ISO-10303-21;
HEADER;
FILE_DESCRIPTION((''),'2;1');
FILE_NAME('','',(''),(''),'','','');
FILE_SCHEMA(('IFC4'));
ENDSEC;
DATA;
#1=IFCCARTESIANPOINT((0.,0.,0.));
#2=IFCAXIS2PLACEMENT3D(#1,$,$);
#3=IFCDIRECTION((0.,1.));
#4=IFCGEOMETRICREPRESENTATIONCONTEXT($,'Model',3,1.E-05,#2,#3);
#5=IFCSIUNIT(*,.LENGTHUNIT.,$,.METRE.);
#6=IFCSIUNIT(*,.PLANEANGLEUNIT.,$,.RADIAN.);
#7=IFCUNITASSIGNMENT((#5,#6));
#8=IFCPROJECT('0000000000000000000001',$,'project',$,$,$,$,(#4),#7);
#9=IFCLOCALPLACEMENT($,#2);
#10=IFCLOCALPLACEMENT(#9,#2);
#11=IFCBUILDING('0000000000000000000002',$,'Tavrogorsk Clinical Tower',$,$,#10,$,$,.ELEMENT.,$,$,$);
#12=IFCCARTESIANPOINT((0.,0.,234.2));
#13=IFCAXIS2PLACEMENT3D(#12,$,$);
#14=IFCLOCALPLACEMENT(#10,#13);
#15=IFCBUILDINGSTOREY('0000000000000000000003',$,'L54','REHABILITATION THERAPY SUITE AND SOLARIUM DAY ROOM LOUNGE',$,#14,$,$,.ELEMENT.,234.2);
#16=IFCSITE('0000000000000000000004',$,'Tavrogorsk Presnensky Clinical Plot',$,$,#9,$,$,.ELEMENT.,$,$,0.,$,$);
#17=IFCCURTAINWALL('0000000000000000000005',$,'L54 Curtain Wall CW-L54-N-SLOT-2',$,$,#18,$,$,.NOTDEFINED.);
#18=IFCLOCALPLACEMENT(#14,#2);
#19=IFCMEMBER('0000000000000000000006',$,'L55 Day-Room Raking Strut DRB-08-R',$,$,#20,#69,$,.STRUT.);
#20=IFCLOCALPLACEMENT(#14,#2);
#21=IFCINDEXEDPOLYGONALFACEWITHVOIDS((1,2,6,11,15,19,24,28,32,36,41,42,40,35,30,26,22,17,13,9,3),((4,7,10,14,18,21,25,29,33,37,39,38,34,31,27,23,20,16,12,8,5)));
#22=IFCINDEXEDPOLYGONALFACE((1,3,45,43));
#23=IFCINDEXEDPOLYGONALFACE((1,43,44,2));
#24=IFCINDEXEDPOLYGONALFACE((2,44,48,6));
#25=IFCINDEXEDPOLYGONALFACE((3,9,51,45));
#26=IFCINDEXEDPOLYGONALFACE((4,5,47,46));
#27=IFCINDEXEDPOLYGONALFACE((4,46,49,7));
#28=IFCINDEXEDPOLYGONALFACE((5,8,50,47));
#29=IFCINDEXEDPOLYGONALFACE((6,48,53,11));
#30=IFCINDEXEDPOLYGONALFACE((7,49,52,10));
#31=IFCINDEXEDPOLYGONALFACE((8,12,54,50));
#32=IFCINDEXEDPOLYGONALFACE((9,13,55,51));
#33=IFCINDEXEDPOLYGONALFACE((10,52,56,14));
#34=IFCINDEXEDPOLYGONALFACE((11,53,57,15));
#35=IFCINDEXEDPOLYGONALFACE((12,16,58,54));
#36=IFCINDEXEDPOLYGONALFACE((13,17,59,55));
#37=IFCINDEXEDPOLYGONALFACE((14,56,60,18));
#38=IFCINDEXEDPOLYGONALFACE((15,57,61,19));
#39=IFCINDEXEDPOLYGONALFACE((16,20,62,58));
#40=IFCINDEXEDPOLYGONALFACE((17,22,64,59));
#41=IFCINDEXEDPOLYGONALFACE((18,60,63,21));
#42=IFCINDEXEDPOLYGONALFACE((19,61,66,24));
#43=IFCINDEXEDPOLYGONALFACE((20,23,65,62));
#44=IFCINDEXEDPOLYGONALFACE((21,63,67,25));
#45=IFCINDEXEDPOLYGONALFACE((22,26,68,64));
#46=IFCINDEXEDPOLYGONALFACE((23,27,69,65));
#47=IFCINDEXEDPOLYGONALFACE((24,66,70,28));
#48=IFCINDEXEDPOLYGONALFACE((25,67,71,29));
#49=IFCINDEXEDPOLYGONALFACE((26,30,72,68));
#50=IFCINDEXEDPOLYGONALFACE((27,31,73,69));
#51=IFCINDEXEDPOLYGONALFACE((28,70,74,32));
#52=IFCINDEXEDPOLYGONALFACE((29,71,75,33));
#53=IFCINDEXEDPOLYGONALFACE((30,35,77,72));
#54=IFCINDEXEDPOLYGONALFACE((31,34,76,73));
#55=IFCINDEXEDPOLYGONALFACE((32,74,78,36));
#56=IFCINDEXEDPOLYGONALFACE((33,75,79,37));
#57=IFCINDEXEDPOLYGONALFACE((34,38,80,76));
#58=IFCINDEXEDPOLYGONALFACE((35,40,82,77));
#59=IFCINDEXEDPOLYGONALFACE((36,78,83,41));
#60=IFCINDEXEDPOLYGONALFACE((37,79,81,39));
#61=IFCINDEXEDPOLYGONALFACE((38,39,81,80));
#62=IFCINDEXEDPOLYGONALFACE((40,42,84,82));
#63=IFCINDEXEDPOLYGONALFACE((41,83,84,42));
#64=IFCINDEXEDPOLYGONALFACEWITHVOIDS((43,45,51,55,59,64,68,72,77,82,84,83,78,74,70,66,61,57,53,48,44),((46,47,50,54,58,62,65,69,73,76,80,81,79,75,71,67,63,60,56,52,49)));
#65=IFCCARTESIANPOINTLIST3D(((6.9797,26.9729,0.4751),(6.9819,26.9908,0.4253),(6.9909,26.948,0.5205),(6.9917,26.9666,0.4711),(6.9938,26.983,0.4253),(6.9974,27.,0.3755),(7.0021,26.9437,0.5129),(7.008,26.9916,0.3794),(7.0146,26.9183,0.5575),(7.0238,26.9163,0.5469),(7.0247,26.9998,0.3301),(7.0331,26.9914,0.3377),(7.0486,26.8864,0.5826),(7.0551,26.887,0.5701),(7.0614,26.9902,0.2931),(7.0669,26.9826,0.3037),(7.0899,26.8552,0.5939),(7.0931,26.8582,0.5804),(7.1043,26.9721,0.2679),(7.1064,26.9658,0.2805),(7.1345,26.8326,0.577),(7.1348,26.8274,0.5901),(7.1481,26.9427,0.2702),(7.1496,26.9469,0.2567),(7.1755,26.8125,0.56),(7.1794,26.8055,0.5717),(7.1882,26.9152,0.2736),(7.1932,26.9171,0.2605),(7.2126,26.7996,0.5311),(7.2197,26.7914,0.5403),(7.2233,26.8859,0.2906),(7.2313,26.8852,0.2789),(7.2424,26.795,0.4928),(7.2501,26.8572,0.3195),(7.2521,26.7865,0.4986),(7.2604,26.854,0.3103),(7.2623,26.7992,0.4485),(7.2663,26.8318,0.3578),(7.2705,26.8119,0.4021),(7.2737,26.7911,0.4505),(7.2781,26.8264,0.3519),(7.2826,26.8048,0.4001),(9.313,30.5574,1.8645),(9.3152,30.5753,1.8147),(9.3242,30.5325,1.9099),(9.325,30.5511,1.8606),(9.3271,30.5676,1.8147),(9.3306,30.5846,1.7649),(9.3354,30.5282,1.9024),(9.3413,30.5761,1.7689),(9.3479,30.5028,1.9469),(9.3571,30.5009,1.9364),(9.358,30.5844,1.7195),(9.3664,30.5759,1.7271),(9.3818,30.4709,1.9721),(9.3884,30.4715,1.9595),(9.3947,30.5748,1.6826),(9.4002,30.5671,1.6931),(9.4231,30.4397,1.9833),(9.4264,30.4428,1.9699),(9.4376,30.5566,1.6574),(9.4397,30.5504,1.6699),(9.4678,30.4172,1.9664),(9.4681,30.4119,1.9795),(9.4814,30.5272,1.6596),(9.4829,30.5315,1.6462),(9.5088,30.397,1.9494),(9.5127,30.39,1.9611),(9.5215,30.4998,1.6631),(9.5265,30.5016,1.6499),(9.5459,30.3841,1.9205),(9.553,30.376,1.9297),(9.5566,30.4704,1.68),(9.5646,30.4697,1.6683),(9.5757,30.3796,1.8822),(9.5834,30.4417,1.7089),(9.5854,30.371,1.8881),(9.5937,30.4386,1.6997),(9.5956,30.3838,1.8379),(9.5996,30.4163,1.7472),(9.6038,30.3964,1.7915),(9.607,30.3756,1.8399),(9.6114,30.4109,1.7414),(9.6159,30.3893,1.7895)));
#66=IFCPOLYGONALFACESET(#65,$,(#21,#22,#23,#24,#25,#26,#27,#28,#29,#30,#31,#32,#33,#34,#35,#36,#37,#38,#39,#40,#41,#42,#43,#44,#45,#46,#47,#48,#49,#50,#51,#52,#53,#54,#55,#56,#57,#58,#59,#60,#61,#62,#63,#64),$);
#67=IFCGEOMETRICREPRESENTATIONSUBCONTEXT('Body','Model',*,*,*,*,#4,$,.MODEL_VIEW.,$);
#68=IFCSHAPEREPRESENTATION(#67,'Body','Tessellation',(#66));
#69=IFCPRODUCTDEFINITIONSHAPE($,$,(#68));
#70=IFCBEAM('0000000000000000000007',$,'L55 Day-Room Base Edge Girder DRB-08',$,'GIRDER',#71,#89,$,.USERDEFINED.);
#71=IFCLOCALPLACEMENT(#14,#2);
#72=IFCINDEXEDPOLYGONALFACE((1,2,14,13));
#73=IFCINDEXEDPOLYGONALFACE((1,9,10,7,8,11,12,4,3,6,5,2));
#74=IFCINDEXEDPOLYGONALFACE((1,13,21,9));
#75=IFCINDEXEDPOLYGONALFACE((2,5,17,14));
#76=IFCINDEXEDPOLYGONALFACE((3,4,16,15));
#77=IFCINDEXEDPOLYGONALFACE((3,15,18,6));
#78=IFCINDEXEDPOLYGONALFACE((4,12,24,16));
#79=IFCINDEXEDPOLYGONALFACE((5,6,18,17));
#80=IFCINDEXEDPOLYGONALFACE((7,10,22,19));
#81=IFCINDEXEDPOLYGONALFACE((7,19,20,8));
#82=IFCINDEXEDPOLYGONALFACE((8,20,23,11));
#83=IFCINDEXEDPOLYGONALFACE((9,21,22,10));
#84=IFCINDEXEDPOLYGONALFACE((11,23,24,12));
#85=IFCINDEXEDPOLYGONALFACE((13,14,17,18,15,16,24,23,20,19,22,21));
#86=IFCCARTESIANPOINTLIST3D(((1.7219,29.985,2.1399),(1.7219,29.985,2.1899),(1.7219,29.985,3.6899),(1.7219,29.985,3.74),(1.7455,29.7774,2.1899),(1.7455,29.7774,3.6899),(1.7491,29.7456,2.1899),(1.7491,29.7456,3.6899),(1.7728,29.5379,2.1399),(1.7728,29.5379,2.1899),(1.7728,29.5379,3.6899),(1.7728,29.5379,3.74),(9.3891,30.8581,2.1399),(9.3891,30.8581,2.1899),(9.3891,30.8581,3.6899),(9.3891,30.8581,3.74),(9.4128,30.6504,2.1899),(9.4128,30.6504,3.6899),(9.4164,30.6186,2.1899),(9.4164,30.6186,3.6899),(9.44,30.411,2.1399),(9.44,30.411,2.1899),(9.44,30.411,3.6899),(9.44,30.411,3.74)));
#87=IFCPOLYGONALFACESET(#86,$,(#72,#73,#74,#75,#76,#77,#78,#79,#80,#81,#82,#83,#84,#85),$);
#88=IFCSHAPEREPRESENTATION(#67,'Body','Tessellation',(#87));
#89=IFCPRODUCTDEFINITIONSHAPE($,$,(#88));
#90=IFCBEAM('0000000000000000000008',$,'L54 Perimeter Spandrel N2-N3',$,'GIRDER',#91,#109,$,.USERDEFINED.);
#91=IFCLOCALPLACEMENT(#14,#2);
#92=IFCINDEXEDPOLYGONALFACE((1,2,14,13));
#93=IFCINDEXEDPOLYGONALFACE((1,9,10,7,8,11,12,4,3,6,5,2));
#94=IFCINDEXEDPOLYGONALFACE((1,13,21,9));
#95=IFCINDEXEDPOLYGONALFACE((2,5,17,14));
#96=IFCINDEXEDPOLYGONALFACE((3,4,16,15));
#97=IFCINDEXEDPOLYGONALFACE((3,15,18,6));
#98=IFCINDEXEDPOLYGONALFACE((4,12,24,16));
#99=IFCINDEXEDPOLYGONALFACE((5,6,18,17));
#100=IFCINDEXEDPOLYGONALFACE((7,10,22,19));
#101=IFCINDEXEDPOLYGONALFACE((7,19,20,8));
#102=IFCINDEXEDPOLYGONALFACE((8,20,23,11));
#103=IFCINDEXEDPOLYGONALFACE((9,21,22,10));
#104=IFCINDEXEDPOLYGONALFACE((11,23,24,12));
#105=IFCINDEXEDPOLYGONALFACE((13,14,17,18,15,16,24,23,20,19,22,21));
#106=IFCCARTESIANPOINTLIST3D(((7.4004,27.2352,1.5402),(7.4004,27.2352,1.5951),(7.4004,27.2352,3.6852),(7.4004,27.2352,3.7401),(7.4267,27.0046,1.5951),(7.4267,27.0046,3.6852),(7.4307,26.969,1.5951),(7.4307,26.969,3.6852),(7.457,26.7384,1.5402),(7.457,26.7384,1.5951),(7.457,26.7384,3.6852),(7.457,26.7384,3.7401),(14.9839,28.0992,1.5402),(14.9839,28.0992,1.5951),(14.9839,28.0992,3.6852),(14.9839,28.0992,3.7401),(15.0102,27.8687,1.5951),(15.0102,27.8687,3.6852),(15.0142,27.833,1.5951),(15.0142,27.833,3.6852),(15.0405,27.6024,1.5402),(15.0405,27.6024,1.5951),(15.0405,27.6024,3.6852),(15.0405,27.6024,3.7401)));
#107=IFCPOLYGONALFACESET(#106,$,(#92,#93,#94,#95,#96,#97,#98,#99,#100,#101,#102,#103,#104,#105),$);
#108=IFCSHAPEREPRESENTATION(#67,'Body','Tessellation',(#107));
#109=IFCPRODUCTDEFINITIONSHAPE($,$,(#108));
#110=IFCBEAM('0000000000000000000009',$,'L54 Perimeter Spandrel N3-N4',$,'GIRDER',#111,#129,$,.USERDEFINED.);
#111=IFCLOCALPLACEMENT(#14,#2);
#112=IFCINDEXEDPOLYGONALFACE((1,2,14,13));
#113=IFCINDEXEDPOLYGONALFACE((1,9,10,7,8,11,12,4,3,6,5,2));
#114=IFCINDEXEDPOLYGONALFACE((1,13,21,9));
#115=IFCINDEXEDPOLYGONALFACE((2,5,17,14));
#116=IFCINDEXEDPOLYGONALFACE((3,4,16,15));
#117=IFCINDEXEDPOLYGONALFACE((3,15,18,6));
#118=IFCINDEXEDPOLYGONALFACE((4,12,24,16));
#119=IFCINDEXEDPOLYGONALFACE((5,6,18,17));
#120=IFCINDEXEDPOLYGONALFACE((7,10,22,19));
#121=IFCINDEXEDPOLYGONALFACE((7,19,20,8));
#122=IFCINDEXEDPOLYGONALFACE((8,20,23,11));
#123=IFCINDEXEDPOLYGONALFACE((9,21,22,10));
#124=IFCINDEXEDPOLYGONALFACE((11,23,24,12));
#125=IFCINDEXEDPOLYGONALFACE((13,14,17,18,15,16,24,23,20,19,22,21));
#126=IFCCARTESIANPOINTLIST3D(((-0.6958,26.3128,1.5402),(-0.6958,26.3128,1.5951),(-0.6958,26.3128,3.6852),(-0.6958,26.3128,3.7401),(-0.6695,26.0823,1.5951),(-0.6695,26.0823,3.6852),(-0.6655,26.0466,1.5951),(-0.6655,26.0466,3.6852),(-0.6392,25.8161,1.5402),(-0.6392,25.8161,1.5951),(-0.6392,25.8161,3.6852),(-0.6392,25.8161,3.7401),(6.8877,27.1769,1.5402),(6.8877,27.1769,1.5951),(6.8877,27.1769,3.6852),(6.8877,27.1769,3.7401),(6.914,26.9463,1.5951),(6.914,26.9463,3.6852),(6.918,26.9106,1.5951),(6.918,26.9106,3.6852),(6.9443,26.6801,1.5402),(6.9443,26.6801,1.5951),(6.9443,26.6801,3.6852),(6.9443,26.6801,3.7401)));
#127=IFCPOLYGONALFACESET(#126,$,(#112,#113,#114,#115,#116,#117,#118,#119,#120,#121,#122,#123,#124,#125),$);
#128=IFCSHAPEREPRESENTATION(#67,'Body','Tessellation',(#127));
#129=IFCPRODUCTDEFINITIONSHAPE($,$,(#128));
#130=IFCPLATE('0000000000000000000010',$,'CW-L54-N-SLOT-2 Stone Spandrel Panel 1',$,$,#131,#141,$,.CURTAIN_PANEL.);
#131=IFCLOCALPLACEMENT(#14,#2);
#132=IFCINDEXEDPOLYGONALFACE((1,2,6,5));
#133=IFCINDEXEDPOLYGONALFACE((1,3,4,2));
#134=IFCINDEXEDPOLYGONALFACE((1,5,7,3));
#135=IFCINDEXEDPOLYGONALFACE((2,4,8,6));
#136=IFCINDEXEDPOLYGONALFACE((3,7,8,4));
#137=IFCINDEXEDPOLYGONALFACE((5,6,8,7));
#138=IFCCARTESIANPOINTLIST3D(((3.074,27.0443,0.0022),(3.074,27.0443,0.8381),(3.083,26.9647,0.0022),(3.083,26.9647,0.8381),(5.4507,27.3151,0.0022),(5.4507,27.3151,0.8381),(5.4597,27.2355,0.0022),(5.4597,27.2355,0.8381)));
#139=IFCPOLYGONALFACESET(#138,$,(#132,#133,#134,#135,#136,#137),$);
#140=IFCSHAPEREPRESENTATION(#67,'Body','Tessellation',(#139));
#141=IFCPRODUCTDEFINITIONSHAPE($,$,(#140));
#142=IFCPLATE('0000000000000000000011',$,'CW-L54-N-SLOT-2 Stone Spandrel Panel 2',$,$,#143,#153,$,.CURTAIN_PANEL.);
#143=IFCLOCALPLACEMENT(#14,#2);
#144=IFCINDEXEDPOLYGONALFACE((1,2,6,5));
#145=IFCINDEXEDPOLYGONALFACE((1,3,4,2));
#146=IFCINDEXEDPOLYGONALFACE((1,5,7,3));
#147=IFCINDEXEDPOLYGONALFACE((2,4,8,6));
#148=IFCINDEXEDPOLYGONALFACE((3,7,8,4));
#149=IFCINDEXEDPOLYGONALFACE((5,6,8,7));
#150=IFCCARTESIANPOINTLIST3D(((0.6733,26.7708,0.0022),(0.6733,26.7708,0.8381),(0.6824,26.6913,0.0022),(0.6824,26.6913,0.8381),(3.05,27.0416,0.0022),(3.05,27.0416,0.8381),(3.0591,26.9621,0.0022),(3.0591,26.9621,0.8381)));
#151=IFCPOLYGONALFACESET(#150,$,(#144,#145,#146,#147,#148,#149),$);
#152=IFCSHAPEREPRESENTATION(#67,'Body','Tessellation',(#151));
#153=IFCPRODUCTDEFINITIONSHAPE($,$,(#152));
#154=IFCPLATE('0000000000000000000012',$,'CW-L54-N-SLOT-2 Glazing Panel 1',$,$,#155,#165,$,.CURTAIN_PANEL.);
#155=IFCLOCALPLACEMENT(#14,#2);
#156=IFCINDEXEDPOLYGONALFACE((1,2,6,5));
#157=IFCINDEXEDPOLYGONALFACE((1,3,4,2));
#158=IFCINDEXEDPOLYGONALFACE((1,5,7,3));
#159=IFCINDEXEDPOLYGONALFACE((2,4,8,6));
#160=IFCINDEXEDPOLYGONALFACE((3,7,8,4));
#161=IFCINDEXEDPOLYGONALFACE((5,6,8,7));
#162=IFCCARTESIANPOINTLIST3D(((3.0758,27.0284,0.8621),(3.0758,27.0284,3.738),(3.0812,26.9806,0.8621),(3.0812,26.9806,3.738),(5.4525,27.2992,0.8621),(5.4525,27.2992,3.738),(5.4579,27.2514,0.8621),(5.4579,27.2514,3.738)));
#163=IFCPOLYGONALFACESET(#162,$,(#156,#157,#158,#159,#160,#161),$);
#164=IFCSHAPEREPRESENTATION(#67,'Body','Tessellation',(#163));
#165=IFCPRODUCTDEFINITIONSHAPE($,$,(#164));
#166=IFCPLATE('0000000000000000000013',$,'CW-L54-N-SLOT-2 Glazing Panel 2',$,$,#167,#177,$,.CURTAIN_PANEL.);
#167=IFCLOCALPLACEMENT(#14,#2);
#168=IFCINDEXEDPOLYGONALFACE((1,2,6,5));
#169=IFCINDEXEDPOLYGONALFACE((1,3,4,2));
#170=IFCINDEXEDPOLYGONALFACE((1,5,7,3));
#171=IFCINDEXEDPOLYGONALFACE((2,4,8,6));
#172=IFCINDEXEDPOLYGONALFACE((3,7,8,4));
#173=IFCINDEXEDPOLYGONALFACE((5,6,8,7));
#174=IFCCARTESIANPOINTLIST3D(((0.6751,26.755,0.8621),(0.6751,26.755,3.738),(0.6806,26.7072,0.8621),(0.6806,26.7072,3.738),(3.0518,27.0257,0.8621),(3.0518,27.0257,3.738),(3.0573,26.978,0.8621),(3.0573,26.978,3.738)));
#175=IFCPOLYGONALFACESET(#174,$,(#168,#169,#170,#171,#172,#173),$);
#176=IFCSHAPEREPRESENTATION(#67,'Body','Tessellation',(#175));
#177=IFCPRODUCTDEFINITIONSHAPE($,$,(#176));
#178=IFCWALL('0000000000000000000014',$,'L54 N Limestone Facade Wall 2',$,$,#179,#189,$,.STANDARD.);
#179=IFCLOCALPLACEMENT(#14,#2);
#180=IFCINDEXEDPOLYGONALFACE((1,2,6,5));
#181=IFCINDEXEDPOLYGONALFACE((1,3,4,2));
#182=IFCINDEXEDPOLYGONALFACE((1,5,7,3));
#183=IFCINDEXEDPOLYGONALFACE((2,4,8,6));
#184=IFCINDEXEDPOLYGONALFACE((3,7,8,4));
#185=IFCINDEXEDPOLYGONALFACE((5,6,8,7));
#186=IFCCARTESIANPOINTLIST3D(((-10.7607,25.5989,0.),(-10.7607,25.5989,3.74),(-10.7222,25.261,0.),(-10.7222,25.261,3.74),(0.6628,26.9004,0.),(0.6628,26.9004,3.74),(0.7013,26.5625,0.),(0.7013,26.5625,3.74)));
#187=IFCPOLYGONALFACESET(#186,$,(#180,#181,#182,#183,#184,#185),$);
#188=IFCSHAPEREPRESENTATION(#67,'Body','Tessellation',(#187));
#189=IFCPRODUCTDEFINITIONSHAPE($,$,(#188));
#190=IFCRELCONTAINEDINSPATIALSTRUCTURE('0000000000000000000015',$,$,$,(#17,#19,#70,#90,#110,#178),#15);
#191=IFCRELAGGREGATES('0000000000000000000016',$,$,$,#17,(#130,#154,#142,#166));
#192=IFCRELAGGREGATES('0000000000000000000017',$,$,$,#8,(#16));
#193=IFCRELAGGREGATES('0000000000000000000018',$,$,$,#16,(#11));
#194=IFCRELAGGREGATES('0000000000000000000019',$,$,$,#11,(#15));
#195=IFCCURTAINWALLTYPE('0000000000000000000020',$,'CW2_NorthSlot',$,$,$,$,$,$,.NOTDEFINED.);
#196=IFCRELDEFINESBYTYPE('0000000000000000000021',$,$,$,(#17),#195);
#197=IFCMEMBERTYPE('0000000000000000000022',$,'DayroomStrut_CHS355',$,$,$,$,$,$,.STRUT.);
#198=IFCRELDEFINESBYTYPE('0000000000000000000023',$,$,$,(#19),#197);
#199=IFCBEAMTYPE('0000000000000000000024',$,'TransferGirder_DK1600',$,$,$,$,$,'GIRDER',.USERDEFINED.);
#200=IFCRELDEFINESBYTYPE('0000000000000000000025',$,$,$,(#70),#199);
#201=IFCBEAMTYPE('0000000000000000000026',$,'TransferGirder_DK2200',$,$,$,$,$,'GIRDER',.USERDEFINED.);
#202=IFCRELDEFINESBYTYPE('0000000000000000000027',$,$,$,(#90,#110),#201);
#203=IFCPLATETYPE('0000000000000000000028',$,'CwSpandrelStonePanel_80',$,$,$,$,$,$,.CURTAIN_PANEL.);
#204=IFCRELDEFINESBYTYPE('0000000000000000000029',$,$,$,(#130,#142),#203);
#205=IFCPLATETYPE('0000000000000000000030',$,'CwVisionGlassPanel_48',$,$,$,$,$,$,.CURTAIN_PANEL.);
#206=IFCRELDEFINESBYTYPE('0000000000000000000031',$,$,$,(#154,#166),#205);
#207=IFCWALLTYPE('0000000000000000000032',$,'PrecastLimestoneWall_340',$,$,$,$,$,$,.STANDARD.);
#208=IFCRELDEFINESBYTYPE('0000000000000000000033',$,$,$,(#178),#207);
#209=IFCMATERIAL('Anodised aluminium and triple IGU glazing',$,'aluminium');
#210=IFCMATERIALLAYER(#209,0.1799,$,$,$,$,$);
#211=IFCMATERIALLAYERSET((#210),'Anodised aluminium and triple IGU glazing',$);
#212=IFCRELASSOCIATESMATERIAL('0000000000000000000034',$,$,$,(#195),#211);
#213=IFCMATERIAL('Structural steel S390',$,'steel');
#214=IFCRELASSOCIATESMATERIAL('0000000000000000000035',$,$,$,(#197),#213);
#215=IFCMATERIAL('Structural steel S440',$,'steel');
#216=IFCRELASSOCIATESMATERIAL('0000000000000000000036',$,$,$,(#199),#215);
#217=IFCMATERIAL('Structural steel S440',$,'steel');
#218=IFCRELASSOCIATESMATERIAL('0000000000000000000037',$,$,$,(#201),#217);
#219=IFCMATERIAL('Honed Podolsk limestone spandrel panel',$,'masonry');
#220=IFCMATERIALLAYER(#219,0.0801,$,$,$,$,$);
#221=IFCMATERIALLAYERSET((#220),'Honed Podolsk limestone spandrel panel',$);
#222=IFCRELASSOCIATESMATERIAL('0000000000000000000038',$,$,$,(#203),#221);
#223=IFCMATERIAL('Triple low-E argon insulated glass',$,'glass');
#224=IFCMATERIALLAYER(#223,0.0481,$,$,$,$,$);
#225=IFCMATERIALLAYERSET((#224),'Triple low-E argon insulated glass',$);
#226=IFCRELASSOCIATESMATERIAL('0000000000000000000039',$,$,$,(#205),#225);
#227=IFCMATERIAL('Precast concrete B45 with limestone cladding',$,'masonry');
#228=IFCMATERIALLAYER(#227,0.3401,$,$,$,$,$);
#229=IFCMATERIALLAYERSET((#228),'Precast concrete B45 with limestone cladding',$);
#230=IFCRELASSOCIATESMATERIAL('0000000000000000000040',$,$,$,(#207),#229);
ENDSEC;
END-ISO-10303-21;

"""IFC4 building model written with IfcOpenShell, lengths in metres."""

from ifc_helpers import new_model, si_unit, direction, frame, frame_2d, origin, origin_2d, place, context, subcontext, project, spatial, rectangle, hollow_circle, i_section, extrude, material, layer, layer_set, material_profile, profile_set, type_object, element, aggregate, save


model = new_model("IFC4")

# Units and contexts
model_context = context("Model", 3, precision=1e-05, world=origin(), true_north=direction((0.0, 1.0)))
body_context = subcontext(model_context, "Body", "Model", "MODEL_VIEW")
ifc_project = project(units=[si_unit("LENGTHUNIT", "METRE"), si_unit("PLANEANGLEUNIT", "RADIAN")], contexts=[model_context])

# Site, building, storey
site_placement = place(None, origin())
site = spatial("IfcSite", under=ifc_project, at=site_placement, Name="Tavrogorsk Presnensky Clinical Plot", CompositionType="ELEMENT", RefElevation=0.0)
building_placement = place(site_placement, origin())
building = spatial("IfcBuilding", under=site, at=building_placement, Name="Tavrogorsk Clinical Tower", CompositionType="ELEMENT")
storey_placement = place(building_placement, frame((0.0, 0.0, 234.2)))
storey = spatial("IfcBuildingStorey", under=building, at=storey_placement, Name="L54", Description="REHABILITATION THERAPY SUITE AND SOLARIUM DAY ROOM LOUNGE", CompositionType="ELEMENT", Elevation=234.2)

# Curtain wall
ifc_material_1 = material(Name="Anodised aluminium and triple IGU glazing", Category="aluminium")
ifc_layer_1 = layer(ifc_material_1, 0.1799)
ifc_layer_set_1 = layer_set([ifc_layer_1], Name="Anodised aluminium and triple IGU glazing")
curtain_wall_type = type_object("IfcCurtainWallType", Name="CW2_NorthSlot", PredefinedType="NOTDEFINED", material=ifc_layer_set_1)
curtain_wall_placement = place(storey_placement, origin())
curtain_wall = element("IfcCurtainWall", 1, at=curtain_wall_placement, inside=storey, type_object=curtain_wall_type, Name="L54 Curtain Wall CW-L54-N-SLOT-2", PredefinedType="NOTDEFINED")

# Member
ifc_material_2 = material(Name="Structural steel S390", Category="steel")
ifc_material_profile_1 = material_profile(ifc_material_2, hollow_circle(Radius=0.1777, WallThickness=0.0142, at=origin_2d()), Name="CHS-355.6x14.2")
ifc_profile_set_1 = profile_set([ifc_material_profile_1], Name="Structural steel S390")
member_type_1 = type_object("IfcMemberType", Name="DayroomStrut_CHS355", PredefinedType="STRUT", material=ifc_profile_set_1)
member_1_placement = place(storey_placement, frame((7.1309, 26.8938, 0.4253), z_axis=(0.518847, 0.797082, 0.308963), x_axis=(-0.838086, 0.545538, 0.0)))
element("IfcMember", 2, at=member_1_placement, inside=storey, type_object=member_type_1, Name="L55 Day-Room Raking Strut DRB-08-R", PredefinedType="STRUT", context=body_context, shape_type="SweptSolid", body=[
    extrude(hollow_circle(Radius=0.1777, WallThickness=0.0142, at=origin_2d()), origin(), (0.0, 0.0, 1.0), 4.4971),
])

# Beams
ifc_material_3 = material(Name="Structural steel S440", Category="steel")
ifc_material_profile_2 = material_profile(ifc_material_3, i_section(OverallWidth=0.45, OverallDepth=1.6001, WebThickness=0.032, FlangeThickness=0.05, at=origin_2d()), Name="DK-1600x450x32x50")
ifc_profile_set_2 = profile_set([ifc_material_profile_2], Name="Structural steel S440")
beam_type_1 = type_object("IfcBeamType", Name="TransferGirder_DK1600", ElementType="GIRDER", PredefinedType="USERDEFINED", material=ifc_profile_set_2)
beam_placement = place(storey_placement, frame((1.7473, 29.7615, 2.9399), z_axis=(0.993579, 0.113136, 0.0), x_axis=(-0.113136, 0.993579, 0.0)))
element("IfcBeam", 3, at=beam_placement, inside=storey, type_object=beam_type_1, Name="L55 Day-Room Base Edge Girder DRB-08", ObjectType="GIRDER", PredefinedType="USERDEFINED", context=body_context, shape_type="SweptSolid", body=[
    extrude(i_section(OverallWidth=0.45, OverallDepth=1.6001, WebThickness=0.032, FlangeThickness=0.05, at=origin_2d()), origin(), (0.0, 0.0, 1.0), 7.7168),
])
ifc_material_4 = material(Name="Structural steel S440", Category="steel")
ifc_material_profile_3 = material_profile(ifc_material_4, i_section(OverallWidth=0.5, OverallDepth=2.2, WebThickness=0.0359, FlangeThickness=0.0549, at=origin_2d()), Name="DK-2200x500x36x55")
ifc_profile_set_3 = profile_set([ifc_material_profile_3], Name="Structural steel S440")
beam_type_2 = type_object("IfcBeamType", Name="TransferGirder_DK2200", ElementType="GIRDER", PredefinedType="USERDEFINED", material=ifc_profile_set_3)
for number, where, z_axis, x_axis, name in (
    (4, (15.0122, 27.8508, 2.6401), (-0.993572, -0.113201, 0.0), (0.113201, -0.993572, 0.0), "L54 Perimeter Spandrel N2-N3"),
    (5, (6.916, 26.9285, 2.6401), (-0.993572, -0.113201, 0.0), (0.113201, -0.993572, 0.0), "L54 Perimeter Spandrel N3-N4"),
):
    element("IfcBeam", number, at=place(storey_placement, frame(where, z_axis=z_axis, x_axis=x_axis)), inside=storey, type_object=beam_type_2, Name=name, ObjectType="GIRDER", PredefinedType="USERDEFINED", context=body_context, shape_type="SweptSolid", body=[
        extrude(i_section(OverallWidth=0.5, OverallDepth=2.2, WebThickness=0.0359, FlangeThickness=0.0549, at=origin_2d()), origin(), (0.0, 0.0, 1.0), 7.6326),
    ])

# Plates
ifc_material_5 = material(Name="Honed Podolsk limestone spandrel panel", Category="masonry")
ifc_layer_2 = layer(ifc_material_5, 0.0801)
ifc_layer_set_2 = layer_set([ifc_layer_2], Name="Honed Podolsk limestone spandrel panel")
plate_type_1 = type_object("IfcPlateType", Name="CwSpandrelStonePanel_80", PredefinedType="CURTAIN_PANEL", material=ifc_layer_set_2)
plate_1_placement = place(storey_placement, frame((4.2668, 27.1399, 0.0022), z_axis=(0.0, 0.0, 1.0), x_axis=(-0.993572, -0.113203, 0.0)))
plate_1 = element("IfcPlate", 6, at=plate_1_placement, type_object=plate_type_1, Name="CW-L54-N-SLOT-2 Stone Spandrel Panel 1", PredefinedType="CURTAIN_PANEL", context=body_context, shape_type="SweptSolid", body=[
    extrude(rectangle(XDim=2.3921, YDim=0.0801, at=origin_2d()), origin(), (0.0, 0.0, 1.0), 0.8359),
])
plate_2_placement = place(storey_placement, frame((1.8662, 26.8665, 0.0022), z_axis=(0.0, 0.0, 1.0), x_axis=(-0.993572, -0.113203, 0.0)))
plate_2 = element("IfcPlate", 7, at=plate_2_placement, type_object=plate_type_1, Name="CW-L54-N-SLOT-2 Stone Spandrel Panel 2", PredefinedType="CURTAIN_PANEL", context=body_context, shape_type="SweptSolid", body=[
    extrude(rectangle(XDim=2.3921, YDim=0.0801, at=origin_2d()), origin(), (0.0, 0.0, 1.0), 0.8359),
])
ifc_material_6 = material(Name="Triple low-E argon insulated glass", Category="glass")
ifc_layer_3 = layer(ifc_material_6, 0.0481)
ifc_layer_set_3 = layer_set([ifc_layer_3], Name="Triple low-E argon insulated glass")
plate_type_2 = type_object("IfcPlateType", Name="CwVisionGlassPanel_48", PredefinedType="CURTAIN_PANEL", material=ifc_layer_set_3)
plate_3_placement = place(storey_placement, frame((4.2668, 27.1399, 0.8621), z_axis=(0.0, 0.0, 1.0), x_axis=(-0.993572, -0.113203, 0.0)))
plate_3 = element("IfcPlate", 8, at=plate_3_placement, type_object=plate_type_2, Name="CW-L54-N-SLOT-2 Glazing Panel 1", PredefinedType="CURTAIN_PANEL", context=body_context, shape_type="SweptSolid", body=[
    extrude(rectangle(XDim=2.3921, YDim=0.0481, at=origin_2d()), origin(), (0.0, 0.0, 1.0), 2.876),
])
plate_4_placement = place(storey_placement, frame((1.8662, 26.8665, 0.8621), z_axis=(0.0, 0.0, 1.0), x_axis=(-0.993572, -0.113203, 0.0)))
plate_4 = element("IfcPlate", 9, at=plate_4_placement, type_object=plate_type_2, Name="CW-L54-N-SLOT-2 Glazing Panel 2", PredefinedType="CURTAIN_PANEL", context=body_context, shape_type="SweptSolid", body=[
    extrude(rectangle(XDim=2.3921, YDim=0.0481, at=origin_2d()), origin(), (0.0, 0.0, 1.0), 2.876),
])
aggregate(curtain_wall, [plate_1, plate_3, plate_2, plate_4])

# Wall
ifc_material_7 = material(Name="Precast concrete B45 with limestone cladding", Category="masonry")
ifc_layer_4 = layer(ifc_material_7, 0.3401)
ifc_layer_set_4 = layer_set([ifc_layer_4], Name="Precast concrete B45 with limestone cladding")
wall_type = type_object("IfcWallType", Name="PrecastLimestoneWall_340", PredefinedType="STANDARD", material=ifc_layer_set_4)
wall_placement = place(storey_placement, frame((0.6819, 26.7314, 0.0), z_axis=(0.0, 0.0, 1.0), x_axis=(-0.993572, -0.113202, 0.0)))
element("IfcWall", 10, at=wall_placement, inside=storey, type_object=wall_type, Name="L54 N Limestone Facade Wall 2", PredefinedType="STANDARD", context=body_context, shape_type="SweptSolid", body=[
    extrude(rectangle(XDim=11.4973, YDim=0.3401, at=frame_2d((5.7485, 0.0))), origin(), (0.0, 0.0, 1.0), 3.74),
])

save(model, "model.ifc")
